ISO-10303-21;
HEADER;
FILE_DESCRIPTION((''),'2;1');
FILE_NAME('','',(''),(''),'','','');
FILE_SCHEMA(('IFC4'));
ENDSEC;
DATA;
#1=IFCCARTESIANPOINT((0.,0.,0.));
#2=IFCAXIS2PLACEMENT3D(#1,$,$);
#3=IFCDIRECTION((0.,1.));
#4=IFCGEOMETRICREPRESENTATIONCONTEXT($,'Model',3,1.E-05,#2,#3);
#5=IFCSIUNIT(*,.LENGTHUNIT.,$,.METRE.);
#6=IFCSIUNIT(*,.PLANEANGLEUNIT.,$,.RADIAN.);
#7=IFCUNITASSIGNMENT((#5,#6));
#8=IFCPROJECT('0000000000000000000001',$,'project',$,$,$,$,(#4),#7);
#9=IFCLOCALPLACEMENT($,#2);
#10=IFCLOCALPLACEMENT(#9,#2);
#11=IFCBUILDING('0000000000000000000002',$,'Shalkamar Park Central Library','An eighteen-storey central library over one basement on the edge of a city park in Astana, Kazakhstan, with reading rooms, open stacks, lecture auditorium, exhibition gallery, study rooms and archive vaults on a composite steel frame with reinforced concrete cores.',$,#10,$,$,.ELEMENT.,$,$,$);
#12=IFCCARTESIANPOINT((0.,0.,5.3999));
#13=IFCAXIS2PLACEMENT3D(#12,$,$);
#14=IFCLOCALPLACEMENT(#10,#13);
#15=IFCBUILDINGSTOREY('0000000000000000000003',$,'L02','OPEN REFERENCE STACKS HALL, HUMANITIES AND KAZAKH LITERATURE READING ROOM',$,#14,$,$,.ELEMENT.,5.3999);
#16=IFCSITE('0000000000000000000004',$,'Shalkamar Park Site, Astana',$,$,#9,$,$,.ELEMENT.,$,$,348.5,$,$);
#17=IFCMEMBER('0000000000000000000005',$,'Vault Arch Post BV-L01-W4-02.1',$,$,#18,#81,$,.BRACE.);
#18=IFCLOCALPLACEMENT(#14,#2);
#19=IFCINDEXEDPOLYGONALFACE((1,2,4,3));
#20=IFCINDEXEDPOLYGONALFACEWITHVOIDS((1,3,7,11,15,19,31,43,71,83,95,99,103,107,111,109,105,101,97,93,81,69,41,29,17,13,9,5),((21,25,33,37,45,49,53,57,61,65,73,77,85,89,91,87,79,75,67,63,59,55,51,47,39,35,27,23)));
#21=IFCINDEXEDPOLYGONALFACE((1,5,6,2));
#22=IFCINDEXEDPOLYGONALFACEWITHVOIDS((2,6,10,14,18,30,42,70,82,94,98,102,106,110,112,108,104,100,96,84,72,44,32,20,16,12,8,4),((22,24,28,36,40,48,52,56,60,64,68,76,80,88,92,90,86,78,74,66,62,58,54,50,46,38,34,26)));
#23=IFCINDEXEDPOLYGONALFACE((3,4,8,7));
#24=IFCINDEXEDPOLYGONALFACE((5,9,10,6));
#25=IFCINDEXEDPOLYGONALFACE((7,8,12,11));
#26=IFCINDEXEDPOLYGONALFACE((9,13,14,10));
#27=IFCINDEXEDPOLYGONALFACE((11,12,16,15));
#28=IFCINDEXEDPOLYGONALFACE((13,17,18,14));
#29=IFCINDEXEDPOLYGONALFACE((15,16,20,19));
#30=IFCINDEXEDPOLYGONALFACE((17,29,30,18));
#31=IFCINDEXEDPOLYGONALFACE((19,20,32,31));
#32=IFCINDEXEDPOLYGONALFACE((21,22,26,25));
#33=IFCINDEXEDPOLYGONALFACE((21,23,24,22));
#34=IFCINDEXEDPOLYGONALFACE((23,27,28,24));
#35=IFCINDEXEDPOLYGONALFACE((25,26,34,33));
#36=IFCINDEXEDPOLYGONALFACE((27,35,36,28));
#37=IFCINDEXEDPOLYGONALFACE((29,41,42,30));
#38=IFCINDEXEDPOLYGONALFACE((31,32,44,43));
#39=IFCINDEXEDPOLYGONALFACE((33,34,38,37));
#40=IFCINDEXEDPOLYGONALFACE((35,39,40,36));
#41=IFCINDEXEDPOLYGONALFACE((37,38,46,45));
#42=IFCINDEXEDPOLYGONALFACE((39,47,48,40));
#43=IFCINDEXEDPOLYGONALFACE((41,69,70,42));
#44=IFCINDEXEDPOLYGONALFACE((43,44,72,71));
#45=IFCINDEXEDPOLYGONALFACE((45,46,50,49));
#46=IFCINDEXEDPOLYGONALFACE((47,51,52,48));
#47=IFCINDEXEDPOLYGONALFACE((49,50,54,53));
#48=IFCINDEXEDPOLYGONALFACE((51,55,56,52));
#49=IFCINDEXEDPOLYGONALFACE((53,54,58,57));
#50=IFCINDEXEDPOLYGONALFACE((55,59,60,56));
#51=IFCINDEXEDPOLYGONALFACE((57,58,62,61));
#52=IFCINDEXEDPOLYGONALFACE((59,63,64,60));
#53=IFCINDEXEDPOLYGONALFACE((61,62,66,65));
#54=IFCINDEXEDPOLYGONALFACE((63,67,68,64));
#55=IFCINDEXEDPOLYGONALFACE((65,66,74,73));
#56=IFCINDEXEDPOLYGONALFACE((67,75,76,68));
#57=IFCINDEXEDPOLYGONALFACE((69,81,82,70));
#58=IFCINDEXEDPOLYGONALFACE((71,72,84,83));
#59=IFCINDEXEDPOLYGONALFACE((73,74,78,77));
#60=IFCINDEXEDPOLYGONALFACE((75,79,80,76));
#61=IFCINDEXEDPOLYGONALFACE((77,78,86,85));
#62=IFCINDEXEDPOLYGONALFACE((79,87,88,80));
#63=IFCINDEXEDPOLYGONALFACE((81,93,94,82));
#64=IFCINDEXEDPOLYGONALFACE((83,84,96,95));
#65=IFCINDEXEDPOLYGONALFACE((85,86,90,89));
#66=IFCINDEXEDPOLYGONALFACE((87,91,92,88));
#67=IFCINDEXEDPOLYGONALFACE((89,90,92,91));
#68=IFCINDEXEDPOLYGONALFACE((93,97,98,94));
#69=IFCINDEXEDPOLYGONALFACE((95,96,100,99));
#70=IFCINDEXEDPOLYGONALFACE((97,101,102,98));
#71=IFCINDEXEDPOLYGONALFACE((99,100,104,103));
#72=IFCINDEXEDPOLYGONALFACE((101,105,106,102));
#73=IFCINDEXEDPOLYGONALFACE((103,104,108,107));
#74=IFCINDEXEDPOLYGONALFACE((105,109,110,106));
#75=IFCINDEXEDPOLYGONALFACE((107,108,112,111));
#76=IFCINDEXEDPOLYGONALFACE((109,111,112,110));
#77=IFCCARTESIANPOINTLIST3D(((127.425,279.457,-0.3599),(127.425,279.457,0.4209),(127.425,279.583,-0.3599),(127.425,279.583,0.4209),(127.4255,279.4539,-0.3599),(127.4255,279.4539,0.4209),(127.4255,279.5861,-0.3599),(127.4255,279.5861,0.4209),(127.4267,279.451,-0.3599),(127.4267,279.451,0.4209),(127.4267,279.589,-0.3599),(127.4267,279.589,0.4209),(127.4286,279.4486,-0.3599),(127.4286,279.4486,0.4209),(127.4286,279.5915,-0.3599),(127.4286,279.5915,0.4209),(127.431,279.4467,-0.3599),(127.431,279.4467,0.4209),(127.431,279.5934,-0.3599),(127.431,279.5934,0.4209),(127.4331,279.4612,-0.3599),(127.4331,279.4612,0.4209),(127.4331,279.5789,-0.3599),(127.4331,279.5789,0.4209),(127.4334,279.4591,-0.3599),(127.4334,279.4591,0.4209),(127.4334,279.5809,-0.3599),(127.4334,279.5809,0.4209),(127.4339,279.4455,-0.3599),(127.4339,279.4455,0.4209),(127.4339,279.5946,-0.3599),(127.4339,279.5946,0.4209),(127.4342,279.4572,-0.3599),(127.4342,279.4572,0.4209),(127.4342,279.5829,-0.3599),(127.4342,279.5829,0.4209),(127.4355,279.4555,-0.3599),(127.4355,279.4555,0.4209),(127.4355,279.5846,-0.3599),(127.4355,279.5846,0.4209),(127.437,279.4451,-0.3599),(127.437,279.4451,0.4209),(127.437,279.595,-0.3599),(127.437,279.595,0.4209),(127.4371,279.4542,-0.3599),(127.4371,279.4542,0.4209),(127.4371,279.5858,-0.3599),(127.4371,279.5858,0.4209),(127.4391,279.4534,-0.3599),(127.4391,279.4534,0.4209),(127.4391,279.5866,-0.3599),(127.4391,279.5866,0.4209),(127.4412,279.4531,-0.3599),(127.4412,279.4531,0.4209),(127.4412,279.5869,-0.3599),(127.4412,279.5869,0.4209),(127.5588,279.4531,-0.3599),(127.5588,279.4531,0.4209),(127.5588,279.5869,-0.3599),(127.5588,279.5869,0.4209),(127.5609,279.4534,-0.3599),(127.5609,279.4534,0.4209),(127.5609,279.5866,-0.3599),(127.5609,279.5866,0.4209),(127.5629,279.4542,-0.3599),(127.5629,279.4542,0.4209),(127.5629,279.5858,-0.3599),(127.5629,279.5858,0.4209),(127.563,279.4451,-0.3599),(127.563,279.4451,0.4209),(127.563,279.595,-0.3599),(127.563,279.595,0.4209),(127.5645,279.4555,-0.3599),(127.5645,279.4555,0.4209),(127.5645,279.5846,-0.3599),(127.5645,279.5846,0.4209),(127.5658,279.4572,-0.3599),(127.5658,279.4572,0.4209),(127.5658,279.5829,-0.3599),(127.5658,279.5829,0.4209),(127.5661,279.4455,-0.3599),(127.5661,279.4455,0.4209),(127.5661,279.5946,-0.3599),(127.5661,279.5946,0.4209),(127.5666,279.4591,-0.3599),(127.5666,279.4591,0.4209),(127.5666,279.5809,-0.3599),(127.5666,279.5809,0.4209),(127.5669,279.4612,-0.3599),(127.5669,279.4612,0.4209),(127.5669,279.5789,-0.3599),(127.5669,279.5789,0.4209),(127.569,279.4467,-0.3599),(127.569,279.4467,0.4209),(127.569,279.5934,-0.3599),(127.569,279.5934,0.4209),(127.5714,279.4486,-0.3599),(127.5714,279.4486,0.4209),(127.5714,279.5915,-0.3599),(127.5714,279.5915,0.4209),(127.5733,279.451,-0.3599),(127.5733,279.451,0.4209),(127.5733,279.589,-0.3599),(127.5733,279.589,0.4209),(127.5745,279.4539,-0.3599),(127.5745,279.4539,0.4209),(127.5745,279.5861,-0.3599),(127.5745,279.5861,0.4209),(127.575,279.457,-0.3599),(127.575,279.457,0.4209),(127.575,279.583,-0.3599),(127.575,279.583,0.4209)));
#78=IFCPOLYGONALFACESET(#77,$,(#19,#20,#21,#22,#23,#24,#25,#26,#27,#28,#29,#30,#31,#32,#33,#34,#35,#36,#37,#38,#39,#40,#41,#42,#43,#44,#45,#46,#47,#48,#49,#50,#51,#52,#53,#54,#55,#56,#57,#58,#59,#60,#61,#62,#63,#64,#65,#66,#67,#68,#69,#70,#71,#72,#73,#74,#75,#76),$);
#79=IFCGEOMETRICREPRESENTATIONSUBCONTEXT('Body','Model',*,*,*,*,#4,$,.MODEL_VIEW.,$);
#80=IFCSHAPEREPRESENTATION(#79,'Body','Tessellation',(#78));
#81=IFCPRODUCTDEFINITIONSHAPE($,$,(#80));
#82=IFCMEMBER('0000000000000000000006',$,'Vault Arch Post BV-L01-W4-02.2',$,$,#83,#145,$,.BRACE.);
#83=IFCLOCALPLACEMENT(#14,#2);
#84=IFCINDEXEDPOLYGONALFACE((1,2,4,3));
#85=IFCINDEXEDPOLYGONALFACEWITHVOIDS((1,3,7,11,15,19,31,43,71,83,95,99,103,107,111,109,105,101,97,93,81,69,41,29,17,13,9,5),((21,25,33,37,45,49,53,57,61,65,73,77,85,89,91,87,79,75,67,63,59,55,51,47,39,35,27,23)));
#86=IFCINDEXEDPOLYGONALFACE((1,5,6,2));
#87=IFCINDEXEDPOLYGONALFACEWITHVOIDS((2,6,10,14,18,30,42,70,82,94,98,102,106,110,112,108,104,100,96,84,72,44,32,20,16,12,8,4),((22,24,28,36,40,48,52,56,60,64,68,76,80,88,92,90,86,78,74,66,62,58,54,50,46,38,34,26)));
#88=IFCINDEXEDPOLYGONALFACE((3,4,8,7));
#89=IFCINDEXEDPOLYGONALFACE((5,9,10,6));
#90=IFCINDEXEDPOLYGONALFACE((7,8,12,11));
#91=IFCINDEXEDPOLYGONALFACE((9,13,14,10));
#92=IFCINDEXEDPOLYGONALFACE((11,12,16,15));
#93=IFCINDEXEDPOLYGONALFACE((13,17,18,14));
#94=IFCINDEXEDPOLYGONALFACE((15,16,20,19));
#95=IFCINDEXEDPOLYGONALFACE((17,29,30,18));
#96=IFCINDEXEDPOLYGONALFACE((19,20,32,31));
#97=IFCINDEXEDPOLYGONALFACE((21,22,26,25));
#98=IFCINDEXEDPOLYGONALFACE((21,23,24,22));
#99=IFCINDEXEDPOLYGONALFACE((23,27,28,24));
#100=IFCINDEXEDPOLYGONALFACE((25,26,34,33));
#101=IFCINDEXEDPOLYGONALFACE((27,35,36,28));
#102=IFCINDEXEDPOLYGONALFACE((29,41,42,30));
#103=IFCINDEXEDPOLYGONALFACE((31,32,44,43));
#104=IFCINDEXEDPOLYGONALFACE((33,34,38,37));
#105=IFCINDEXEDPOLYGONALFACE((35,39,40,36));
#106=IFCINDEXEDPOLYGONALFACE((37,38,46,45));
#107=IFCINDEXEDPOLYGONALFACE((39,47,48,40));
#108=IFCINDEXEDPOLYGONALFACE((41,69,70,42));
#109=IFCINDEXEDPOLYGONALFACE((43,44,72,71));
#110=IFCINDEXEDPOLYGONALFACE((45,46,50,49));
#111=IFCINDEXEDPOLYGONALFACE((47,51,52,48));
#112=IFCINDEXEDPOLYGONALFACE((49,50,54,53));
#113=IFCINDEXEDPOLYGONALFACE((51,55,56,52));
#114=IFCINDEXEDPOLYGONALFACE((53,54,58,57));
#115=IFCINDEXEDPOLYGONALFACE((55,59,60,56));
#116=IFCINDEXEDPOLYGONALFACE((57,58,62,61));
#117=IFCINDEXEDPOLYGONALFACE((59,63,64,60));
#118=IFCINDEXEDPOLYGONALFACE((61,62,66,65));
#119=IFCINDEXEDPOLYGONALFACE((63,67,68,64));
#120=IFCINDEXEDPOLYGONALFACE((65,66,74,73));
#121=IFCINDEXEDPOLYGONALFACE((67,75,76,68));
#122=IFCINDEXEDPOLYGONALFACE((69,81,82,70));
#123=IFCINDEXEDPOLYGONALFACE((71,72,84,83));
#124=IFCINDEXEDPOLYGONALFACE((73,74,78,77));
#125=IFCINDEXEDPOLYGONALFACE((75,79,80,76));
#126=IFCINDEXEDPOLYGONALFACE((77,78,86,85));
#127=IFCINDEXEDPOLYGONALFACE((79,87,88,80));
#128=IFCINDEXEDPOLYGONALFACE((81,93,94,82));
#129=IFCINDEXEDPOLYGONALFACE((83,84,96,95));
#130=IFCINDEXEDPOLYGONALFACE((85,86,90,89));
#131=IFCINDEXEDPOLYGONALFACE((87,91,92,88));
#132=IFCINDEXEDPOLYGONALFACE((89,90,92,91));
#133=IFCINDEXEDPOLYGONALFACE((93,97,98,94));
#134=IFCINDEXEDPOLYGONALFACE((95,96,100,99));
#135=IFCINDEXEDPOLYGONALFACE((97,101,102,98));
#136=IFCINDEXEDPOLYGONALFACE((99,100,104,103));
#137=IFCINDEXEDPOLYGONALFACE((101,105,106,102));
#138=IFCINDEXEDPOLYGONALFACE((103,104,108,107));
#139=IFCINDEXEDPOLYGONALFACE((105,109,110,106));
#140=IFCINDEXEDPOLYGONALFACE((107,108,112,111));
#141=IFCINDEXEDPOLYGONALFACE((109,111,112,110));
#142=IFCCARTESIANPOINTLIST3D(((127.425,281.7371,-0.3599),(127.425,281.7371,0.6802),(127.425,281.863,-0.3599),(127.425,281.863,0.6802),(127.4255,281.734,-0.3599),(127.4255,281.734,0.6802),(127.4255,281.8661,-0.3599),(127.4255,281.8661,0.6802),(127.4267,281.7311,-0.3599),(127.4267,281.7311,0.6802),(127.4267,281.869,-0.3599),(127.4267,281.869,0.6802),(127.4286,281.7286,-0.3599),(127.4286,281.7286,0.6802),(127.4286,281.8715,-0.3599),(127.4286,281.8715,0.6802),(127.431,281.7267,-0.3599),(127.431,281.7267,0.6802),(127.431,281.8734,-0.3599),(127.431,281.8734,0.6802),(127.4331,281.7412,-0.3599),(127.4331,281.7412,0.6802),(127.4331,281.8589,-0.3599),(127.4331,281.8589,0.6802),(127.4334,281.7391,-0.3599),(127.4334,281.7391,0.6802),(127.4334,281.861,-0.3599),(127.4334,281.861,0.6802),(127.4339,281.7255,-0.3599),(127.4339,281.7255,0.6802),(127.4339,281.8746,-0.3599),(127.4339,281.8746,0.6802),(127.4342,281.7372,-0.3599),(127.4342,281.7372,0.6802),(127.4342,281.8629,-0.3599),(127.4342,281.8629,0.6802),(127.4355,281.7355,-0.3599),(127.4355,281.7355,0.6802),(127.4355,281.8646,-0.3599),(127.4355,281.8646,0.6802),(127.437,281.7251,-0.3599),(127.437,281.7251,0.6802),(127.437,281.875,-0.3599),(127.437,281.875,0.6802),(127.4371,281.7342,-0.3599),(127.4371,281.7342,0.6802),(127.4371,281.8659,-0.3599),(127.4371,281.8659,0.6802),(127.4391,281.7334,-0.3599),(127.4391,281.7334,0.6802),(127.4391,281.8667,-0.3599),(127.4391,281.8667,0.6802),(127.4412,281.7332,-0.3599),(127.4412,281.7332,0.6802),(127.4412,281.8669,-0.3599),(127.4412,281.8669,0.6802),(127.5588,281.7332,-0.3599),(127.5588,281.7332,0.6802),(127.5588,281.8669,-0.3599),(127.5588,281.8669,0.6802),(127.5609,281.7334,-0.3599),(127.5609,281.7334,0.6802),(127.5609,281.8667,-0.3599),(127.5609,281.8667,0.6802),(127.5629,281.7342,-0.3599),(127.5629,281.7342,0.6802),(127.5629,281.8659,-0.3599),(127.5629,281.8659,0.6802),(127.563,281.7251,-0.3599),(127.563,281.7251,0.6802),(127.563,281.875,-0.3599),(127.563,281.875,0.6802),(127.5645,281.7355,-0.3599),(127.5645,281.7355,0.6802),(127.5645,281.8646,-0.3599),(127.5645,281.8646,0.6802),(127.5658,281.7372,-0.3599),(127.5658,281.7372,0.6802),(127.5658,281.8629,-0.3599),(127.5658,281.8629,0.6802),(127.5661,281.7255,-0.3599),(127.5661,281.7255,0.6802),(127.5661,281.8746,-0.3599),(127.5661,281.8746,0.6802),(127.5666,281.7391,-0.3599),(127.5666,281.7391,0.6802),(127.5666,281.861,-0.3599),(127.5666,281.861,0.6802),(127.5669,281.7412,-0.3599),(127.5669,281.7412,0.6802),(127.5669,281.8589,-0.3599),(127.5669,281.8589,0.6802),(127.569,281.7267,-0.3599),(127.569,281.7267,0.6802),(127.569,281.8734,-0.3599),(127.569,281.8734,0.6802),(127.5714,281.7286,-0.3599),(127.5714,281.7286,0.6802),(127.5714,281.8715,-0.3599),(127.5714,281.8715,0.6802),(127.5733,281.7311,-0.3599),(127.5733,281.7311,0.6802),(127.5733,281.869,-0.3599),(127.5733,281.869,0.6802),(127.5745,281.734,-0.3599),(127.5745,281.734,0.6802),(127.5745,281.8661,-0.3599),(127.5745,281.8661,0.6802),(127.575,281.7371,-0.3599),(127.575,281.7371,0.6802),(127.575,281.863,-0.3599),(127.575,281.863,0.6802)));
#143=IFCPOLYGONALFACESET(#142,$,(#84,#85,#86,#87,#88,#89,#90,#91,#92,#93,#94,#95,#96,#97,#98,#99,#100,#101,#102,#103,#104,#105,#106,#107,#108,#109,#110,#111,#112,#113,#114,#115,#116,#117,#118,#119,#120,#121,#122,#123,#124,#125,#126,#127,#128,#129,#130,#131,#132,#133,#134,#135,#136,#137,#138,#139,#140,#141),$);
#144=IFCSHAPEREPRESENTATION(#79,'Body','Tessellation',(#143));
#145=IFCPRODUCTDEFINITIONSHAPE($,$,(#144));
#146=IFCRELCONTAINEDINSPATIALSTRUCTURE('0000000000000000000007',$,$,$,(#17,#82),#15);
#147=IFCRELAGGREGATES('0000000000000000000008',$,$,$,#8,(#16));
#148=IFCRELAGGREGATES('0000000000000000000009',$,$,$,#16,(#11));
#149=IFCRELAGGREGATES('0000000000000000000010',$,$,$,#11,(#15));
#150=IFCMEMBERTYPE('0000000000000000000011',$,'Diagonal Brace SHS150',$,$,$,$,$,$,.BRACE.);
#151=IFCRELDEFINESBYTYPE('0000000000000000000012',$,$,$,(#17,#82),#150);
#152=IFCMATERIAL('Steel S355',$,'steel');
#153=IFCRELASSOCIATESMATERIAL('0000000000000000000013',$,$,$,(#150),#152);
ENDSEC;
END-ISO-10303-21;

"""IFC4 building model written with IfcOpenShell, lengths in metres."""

from ifc_helpers import new_model, si_unit, direction, frame, origin, origin_2d, place, context, subcontext, project, spatial, hollow_rectangle, extrude, material, material_profile, profile_set, type_object, element, save


model = new_model("IFC4")

# Units and contexts
model_context = context("Model", 3, precision=1e-05, world=origin(), true_north=direction((0.0, 1.0)))
body_context = subcontext(model_context, "Body", "Model", "MODEL_VIEW")
ifc_project = project(units=[si_unit("LENGTHUNIT", "METRE"), si_unit("PLANEANGLEUNIT", "RADIAN")], contexts=[model_context])

# Site, building, storey
site_placement = place(None, origin())
site = spatial("IfcSite", under=ifc_project, at=site_placement, Name="Shalkamar Park Site, Astana", CompositionType="ELEMENT", RefElevation=348.5)
building_placement = place(site_placement, origin())
building = spatial("IfcBuilding", under=site, at=building_placement, Name="Shalkamar Park Central Library", Description="An eighteen-storey central library over one basement on the edge of a city park in Astana, Kazakhstan, with reading rooms, open stacks, lecture auditorium, exhibition gallery, study rooms and archive vaults on a composite steel frame with reinforced concrete cores.", CompositionType="ELEMENT")
storey_placement = place(building_placement, frame((0.0, 0.0, 5.3999)))
storey = spatial("IfcBuildingStorey", under=building, at=storey_placement, Name="L02", Description="OPEN REFERENCE STACKS HALL, HUMANITIES AND KAZAKH LITERATURE READING ROOM", CompositionType="ELEMENT", Elevation=5.3999)

# Shared definitions
ifc_material_1 = material(Name="Steel S355", Category="steel")

# Members
ifc_material_profile_1 = material_profile(ifc_material_1, hollow_rectangle(XDim=0.1499, YDim=0.1499, WallThickness=0.0081, InnerFilletRadius=0.0081, OuterFilletRadius=0.012, at=origin_2d()), Name="SHS 150x150x8")
ifc_profile_set_1 = profile_set([ifc_material_profile_1], Name="Steel S355")
member_type_1 = type_object("IfcMemberType", Name="Diagonal Brace SHS150", PredefinedType="BRACE", material=ifc_profile_set_1)
member_1_placement = place(storey_placement, frame((127.5, 279.52, -0.3599), z_axis=(0.0, 0.0, 1.0), x_axis=(1.0, 0.0, 0.0)))
element("IfcMember", 1, at=member_1_placement, inside=storey, type_object=member_type_1, Name="Vault Arch Post BV-L01-W4-02.1", PredefinedType="BRACE", context=body_context, shape_type="SweptSolid", body=[
    extrude(hollow_rectangle(XDim=0.1499, YDim=0.1499, WallThickness=0.0081, InnerFilletRadius=0.0081, OuterFilletRadius=0.012, at=origin_2d()), origin(), (0.0, 0.0, 1.0), 0.7808),
])
member_2_placement = place(storey_placement, frame((127.5, 281.8, -0.3599), z_axis=(0.0, 0.0, 1.0), x_axis=(1.0, 0.0, 0.0)))
element("IfcMember", 2, at=member_2_placement, inside=storey, type_object=member_type_1, Name="Vault Arch Post BV-L01-W4-02.2", PredefinedType="BRACE", context=body_context, shape_type="SweptSolid", body=[
    extrude(hollow_rectangle(XDim=0.1499, YDim=0.1499, WallThickness=0.0081, InnerFilletRadius=0.0081, OuterFilletRadius=0.012, at=origin_2d()), origin(), (0.0, 0.0, 1.0), 1.04),
])

save(model, "model.ifc")
